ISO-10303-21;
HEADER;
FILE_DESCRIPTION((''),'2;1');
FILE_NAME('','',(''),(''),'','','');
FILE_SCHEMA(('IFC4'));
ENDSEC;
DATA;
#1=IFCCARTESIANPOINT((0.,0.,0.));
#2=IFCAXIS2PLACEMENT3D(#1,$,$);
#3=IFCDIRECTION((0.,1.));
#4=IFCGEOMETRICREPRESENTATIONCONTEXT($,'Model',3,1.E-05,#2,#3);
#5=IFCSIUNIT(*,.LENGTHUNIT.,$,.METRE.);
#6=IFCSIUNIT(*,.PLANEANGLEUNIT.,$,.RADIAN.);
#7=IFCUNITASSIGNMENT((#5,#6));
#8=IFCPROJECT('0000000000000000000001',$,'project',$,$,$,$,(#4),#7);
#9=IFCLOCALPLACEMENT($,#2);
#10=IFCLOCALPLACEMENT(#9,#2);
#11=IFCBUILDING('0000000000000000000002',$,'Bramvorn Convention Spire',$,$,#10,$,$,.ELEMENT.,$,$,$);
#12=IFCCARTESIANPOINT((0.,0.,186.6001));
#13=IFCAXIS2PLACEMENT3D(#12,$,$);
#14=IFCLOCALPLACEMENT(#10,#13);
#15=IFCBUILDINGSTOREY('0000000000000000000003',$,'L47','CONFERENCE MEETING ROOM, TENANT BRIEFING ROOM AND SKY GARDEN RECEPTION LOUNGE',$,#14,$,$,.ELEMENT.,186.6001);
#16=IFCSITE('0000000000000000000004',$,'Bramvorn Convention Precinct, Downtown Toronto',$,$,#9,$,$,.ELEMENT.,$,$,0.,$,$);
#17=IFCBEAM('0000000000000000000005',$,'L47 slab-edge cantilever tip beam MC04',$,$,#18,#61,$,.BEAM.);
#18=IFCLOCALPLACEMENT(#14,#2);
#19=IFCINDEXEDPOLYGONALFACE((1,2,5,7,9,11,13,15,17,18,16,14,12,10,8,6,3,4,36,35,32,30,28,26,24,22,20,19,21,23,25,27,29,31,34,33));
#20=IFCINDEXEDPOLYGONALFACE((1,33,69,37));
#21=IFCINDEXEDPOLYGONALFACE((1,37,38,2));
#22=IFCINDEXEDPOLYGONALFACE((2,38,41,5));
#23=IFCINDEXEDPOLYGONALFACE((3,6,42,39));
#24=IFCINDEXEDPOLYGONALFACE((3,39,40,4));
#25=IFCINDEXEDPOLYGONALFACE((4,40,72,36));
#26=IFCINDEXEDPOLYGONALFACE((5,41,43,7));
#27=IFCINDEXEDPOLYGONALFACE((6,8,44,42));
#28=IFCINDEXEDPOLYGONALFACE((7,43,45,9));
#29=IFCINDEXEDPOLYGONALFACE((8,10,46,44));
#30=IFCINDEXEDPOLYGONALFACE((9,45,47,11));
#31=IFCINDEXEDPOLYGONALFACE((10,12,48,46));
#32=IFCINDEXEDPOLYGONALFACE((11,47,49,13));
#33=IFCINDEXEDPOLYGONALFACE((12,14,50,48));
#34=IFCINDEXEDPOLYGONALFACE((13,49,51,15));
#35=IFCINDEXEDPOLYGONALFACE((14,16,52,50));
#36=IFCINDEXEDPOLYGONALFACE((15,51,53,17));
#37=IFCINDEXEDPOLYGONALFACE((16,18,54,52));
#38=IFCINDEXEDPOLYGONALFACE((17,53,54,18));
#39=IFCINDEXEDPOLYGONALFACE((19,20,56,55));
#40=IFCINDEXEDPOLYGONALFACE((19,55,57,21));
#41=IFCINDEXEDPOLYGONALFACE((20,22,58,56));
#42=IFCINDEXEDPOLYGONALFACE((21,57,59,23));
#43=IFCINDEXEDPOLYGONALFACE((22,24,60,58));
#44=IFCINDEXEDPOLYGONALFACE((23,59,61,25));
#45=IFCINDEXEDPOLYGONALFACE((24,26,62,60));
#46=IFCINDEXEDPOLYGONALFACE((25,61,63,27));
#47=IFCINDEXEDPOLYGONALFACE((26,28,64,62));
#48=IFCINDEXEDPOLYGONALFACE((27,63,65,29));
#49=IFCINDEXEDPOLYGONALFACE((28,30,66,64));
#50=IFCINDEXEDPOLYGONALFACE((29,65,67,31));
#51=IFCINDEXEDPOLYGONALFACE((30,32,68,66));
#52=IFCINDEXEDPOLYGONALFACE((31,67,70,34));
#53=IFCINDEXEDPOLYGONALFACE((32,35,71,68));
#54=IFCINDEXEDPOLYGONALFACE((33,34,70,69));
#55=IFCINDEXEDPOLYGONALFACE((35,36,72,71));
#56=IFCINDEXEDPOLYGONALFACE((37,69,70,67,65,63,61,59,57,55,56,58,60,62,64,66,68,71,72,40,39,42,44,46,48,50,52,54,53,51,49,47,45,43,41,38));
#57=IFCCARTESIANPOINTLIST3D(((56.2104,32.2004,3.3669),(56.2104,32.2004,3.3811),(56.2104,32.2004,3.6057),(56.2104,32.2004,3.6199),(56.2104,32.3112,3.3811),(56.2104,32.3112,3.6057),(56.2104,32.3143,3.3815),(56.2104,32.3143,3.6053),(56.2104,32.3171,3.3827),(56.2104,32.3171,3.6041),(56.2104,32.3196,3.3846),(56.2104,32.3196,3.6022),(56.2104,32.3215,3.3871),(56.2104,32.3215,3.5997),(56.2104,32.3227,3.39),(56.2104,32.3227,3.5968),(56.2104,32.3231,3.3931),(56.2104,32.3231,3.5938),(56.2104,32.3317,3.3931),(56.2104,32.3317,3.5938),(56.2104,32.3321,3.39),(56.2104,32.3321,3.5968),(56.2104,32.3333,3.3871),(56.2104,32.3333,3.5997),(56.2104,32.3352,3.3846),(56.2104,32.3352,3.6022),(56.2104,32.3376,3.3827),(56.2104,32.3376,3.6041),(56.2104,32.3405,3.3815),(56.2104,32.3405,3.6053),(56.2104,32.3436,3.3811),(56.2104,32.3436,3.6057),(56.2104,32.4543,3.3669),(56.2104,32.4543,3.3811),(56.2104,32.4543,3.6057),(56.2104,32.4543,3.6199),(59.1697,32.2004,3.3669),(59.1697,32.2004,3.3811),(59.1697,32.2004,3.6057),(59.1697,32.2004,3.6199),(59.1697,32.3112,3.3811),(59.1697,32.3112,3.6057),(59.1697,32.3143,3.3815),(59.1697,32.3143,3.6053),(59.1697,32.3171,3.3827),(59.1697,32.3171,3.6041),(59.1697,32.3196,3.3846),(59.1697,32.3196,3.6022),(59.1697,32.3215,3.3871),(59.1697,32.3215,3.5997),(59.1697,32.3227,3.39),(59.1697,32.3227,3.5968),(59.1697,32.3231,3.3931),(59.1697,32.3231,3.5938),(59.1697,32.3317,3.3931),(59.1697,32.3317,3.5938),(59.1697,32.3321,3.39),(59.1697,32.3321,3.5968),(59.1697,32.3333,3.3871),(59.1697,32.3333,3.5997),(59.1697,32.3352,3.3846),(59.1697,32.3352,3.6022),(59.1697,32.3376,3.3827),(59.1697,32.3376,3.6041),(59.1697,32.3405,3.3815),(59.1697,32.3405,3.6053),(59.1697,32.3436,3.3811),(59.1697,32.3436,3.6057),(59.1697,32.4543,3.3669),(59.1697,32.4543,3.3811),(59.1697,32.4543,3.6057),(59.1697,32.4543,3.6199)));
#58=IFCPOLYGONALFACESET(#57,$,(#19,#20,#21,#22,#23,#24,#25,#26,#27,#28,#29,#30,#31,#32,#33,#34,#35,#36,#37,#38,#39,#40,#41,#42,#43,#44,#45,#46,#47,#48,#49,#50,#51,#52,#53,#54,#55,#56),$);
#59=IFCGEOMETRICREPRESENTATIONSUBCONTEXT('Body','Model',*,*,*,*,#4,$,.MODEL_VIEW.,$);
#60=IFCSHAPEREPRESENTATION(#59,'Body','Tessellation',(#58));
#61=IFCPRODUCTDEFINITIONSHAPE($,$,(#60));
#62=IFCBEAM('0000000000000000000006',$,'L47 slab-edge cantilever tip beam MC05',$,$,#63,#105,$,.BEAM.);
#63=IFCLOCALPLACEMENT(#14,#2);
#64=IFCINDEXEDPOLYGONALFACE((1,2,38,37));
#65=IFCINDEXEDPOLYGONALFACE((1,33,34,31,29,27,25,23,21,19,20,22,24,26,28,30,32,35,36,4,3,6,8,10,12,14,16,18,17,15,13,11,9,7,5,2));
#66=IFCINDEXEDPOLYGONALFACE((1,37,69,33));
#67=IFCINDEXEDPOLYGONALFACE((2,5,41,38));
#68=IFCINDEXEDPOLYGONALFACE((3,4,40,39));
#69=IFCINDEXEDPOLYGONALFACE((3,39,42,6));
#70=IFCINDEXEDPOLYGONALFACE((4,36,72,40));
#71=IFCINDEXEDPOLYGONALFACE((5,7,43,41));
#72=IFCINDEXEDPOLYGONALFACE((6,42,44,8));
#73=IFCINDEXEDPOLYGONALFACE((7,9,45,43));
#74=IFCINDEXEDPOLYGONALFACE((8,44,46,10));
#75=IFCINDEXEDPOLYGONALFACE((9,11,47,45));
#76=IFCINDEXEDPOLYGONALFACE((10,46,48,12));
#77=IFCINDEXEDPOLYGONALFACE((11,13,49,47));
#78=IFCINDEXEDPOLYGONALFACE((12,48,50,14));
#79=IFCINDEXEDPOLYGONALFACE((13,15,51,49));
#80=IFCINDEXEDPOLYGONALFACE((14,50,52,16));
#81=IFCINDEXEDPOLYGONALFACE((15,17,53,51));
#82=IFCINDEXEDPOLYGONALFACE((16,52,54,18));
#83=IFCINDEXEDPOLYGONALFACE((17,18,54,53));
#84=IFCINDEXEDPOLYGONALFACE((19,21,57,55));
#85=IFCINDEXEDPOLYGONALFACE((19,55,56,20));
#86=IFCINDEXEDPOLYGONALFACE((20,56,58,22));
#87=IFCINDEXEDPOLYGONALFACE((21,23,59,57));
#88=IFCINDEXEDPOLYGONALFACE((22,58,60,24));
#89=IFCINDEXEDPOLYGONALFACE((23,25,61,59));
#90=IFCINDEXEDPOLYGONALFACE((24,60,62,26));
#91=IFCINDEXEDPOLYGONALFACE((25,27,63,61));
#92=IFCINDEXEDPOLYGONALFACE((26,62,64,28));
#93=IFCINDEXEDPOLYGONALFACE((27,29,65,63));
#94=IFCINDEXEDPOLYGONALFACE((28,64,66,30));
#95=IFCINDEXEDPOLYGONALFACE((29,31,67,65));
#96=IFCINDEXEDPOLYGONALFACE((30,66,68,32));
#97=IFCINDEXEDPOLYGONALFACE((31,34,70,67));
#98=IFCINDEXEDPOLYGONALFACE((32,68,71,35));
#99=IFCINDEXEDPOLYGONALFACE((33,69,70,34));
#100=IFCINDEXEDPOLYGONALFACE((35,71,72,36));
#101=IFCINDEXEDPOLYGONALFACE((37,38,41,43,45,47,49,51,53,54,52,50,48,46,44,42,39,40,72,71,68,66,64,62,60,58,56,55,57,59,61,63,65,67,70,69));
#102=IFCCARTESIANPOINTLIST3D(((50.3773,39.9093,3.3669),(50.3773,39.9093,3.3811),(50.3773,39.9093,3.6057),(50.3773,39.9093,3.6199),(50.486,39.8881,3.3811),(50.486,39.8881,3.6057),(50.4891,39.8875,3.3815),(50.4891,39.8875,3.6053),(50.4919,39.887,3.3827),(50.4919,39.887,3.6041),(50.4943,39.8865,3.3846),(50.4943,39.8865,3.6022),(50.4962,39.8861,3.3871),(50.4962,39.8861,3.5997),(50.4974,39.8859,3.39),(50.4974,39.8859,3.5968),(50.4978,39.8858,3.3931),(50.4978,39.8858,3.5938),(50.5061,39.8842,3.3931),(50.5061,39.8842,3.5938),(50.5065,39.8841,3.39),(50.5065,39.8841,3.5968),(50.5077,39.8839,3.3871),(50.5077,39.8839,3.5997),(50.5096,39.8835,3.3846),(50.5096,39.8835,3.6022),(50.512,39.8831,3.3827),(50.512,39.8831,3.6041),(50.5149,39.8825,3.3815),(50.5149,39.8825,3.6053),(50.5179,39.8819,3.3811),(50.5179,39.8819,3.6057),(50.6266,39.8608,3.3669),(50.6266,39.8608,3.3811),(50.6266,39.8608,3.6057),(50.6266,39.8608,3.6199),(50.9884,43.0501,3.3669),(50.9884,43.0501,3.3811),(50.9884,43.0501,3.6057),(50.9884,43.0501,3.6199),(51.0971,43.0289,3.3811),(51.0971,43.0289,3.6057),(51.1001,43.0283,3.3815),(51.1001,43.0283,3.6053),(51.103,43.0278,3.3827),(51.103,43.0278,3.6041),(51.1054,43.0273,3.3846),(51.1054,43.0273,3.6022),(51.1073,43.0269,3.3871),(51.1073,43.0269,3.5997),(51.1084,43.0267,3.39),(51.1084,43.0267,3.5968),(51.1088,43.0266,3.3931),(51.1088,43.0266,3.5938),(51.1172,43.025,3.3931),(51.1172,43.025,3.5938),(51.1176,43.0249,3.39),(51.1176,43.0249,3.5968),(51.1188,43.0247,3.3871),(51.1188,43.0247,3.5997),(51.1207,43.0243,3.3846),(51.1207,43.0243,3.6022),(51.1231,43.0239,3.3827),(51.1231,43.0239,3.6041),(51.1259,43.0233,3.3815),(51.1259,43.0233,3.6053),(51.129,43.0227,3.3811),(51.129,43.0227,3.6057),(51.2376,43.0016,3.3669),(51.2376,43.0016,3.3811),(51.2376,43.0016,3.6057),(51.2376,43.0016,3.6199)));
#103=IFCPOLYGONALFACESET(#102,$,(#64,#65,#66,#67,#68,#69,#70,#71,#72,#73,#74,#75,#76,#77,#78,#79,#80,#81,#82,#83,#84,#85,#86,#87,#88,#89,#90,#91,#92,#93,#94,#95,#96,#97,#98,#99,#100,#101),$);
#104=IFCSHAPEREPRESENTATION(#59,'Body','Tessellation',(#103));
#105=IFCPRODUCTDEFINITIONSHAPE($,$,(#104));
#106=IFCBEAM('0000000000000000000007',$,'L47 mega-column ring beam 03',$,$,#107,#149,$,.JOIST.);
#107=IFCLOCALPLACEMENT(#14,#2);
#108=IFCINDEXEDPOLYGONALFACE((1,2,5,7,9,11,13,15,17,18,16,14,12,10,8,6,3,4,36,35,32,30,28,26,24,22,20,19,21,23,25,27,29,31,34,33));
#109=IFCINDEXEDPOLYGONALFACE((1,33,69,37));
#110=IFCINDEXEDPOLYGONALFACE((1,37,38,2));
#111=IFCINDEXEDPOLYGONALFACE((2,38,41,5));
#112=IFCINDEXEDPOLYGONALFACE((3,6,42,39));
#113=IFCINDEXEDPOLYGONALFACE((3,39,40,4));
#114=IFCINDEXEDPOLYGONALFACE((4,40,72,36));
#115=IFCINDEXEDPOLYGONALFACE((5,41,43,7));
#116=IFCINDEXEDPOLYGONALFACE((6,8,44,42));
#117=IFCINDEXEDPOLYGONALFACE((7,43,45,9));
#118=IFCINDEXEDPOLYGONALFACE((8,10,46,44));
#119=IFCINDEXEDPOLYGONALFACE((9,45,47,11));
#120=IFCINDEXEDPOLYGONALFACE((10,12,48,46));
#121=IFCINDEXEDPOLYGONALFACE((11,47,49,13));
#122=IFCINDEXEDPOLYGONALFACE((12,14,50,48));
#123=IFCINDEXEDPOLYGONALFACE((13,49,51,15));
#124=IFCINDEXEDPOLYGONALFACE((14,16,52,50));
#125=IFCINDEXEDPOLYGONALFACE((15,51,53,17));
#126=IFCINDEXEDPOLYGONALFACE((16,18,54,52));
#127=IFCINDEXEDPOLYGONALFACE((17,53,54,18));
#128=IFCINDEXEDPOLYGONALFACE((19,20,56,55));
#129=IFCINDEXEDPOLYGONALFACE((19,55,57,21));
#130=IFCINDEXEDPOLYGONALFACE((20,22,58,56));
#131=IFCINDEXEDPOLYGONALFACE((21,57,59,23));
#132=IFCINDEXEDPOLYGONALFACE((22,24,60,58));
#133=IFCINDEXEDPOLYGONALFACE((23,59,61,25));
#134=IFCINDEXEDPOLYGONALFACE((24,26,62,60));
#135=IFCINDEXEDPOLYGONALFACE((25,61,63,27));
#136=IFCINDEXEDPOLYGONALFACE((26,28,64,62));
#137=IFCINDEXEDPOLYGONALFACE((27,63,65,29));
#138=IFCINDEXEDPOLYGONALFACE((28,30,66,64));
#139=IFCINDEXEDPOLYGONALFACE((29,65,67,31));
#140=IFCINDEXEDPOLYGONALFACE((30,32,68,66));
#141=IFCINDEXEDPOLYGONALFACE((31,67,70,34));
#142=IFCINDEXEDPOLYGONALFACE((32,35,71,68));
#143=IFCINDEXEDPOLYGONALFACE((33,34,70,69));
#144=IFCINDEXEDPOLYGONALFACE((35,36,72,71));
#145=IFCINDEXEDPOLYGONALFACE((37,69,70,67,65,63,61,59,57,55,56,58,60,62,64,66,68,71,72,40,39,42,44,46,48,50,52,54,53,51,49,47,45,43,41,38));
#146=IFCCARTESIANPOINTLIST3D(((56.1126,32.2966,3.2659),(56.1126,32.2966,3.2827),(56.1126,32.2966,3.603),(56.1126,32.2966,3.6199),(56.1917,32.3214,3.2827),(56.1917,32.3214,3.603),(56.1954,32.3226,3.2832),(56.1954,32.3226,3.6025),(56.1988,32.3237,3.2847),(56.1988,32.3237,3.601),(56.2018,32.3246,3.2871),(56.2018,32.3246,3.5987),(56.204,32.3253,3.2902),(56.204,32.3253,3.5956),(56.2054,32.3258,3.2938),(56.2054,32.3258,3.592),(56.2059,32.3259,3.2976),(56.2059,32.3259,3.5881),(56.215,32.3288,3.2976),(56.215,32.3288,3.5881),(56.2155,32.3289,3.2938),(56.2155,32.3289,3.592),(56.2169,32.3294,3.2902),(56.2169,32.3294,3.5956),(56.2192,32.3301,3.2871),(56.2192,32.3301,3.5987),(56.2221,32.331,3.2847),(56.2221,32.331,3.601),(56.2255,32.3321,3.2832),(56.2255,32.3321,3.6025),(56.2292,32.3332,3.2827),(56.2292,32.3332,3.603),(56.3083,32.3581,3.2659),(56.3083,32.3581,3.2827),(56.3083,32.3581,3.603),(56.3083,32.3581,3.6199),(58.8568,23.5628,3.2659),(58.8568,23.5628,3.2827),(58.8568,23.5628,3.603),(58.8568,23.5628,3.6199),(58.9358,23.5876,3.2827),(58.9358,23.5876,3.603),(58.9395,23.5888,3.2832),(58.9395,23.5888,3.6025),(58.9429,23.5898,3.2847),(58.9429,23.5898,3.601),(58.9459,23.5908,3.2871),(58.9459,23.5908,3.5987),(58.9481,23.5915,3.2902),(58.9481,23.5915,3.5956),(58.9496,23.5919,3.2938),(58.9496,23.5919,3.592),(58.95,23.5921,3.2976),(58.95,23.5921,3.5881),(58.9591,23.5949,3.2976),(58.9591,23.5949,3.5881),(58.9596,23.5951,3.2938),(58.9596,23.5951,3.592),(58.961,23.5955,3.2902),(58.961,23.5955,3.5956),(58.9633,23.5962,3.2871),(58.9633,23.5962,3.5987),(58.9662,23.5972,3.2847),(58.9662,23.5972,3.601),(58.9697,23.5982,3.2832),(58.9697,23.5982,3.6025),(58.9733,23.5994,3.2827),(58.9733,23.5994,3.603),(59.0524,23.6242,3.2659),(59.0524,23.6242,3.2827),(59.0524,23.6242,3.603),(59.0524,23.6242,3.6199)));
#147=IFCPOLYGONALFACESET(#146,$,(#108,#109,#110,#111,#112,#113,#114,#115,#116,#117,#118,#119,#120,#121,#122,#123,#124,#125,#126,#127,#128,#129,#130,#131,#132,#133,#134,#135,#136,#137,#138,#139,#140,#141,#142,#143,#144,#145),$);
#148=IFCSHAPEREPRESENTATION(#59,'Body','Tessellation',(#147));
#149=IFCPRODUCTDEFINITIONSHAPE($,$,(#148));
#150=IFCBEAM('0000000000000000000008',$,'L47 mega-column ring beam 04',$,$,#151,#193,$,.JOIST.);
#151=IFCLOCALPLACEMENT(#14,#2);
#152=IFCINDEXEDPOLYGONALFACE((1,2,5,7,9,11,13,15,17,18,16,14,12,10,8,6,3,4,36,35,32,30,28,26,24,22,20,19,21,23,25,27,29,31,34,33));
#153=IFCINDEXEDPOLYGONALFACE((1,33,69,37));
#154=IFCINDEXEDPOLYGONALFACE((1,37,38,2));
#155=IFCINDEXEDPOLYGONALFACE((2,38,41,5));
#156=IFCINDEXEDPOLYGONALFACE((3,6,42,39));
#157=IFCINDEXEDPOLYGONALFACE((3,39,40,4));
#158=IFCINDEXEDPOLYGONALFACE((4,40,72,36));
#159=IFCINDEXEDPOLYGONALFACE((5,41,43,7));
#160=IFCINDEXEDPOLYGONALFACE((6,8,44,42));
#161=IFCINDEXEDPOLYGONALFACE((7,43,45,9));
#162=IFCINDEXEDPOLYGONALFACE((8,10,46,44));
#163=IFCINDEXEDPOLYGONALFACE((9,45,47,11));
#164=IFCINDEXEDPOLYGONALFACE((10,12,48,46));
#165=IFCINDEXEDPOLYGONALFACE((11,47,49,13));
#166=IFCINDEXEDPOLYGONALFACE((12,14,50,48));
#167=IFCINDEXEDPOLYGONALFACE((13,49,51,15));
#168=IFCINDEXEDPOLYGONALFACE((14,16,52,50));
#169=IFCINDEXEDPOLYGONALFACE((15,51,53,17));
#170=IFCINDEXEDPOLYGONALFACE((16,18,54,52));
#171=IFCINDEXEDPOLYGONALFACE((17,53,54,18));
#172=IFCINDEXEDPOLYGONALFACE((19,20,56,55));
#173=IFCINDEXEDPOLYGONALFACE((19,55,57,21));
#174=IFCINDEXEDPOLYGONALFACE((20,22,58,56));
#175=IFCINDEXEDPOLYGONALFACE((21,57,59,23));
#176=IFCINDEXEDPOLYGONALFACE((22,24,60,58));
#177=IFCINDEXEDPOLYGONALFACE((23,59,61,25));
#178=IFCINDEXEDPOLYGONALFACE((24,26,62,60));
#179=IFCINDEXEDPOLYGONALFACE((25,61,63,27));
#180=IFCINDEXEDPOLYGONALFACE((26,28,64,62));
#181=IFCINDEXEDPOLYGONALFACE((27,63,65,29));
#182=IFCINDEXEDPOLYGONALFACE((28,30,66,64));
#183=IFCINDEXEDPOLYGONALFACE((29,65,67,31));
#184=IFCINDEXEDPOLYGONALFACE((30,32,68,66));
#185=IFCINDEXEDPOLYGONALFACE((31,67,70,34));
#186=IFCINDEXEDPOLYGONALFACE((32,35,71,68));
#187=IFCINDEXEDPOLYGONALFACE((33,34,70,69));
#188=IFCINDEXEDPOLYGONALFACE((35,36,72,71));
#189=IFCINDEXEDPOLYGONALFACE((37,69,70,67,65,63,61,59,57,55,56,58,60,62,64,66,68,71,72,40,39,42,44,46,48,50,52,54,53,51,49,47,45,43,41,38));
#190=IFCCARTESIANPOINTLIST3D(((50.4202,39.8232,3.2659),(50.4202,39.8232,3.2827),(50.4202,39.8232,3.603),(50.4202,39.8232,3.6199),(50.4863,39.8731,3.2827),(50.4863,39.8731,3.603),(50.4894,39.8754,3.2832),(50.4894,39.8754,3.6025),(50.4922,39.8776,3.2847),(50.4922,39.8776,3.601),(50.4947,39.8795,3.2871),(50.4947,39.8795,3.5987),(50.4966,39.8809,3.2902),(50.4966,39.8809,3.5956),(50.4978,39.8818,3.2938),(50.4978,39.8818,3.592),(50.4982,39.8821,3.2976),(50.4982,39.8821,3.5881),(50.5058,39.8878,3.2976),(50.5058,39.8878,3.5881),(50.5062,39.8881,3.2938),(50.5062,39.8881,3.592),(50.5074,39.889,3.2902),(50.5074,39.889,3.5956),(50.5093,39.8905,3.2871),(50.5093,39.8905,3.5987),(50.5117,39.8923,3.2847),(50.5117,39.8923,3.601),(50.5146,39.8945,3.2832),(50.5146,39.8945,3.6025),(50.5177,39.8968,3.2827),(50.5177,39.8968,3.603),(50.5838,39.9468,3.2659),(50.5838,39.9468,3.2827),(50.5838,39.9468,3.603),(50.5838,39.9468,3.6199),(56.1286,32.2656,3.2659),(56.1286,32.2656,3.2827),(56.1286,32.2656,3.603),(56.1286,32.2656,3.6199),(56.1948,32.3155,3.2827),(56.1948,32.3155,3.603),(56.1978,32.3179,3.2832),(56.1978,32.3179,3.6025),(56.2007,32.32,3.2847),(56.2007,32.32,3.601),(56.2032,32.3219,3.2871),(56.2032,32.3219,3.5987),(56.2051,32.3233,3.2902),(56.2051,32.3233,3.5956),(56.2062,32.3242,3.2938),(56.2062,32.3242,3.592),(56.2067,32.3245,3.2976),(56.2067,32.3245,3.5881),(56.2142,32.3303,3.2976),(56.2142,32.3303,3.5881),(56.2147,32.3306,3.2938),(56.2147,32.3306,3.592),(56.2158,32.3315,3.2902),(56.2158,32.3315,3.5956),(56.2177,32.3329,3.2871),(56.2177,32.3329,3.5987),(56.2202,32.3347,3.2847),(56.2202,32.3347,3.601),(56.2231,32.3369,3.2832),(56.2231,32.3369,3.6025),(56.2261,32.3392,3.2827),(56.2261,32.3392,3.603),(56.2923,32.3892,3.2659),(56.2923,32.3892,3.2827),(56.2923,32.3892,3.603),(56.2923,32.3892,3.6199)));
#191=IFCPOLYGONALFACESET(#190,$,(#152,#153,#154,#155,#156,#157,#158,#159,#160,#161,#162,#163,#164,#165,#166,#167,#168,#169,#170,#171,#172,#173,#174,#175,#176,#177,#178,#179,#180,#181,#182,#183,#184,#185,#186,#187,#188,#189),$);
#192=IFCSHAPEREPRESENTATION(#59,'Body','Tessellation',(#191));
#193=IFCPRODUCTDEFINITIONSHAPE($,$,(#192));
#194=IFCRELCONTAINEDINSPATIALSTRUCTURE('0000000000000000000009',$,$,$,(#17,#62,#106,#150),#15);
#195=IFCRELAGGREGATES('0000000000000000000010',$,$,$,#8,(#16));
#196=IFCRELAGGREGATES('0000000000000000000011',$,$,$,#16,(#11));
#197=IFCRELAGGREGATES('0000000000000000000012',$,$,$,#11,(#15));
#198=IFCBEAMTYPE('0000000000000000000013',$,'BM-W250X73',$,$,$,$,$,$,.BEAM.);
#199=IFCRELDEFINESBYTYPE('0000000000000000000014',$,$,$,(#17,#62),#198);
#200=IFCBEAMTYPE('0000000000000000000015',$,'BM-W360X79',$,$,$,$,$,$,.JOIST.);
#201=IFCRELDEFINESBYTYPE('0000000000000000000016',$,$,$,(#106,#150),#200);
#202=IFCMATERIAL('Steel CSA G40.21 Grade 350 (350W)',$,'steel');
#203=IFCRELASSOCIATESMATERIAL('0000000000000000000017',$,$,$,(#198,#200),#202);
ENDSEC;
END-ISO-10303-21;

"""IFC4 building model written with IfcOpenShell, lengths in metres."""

from ifc_helpers import new_model, si_unit, direction, frame, origin, origin_2d, place, context, subcontext, project, spatial, i_section, extrude, material, material_profile, profile_set, type_object, element, save


model = new_model("IFC4")

# Units and contexts
model_context = context("Model", 3, precision=1e-05, world=origin(), true_north=direction((0.0, 1.0)))
body_context = subcontext(model_context, "Body", "Model", "MODEL_VIEW")
ifc_project = project(units=[si_unit("LENGTHUNIT", "METRE"), si_unit("PLANEANGLEUNIT", "RADIAN")], contexts=[model_context])

# Site, building, storey
site_placement = place(None, origin())
site = spatial("IfcSite", under=ifc_project, at=site_placement, Name="Bramvorn Convention Precinct, Downtown Toronto", CompositionType="ELEMENT", RefElevation=0.0)
building_placement = place(site_placement, origin())
building = spatial("IfcBuilding", under=site, at=building_placement, Name="Bramvorn Convention Spire", CompositionType="ELEMENT")
storey_placement = place(building_placement, frame((0.0, 0.0, 186.6001)))
storey = spatial("IfcBuildingStorey", under=building, at=storey_placement, Name="L47", Description="CONFERENCE MEETING ROOM, TENANT BRIEFING ROOM AND SKY GARDEN RECEPTION LOUNGE", CompositionType="ELEMENT", Elevation=186.6001)

# Shared definitions
ifc_material_1 = material(Name="Steel CSA G40.21 Grade 350 (350W)", Category="steel")

# Beams
ifc_material_profile_1 = material_profile(ifc_material_1, i_section(OverallWidth=0.2539, OverallDepth=0.2529, WebThickness=0.0085, FlangeThickness=0.0142, FilletRadius=0.012, at=origin_2d()))
ifc_profile_set_1 = profile_set([ifc_material_profile_1], Name="Steel CSA G40.21 Grade 350 (350W) - W250X73")
beam_type_1 = type_object("IfcBeamType", Name="BM-W250X73", PredefinedType="BEAM", material=ifc_profile_set_1)
beam_1_placement = place(storey_placement, frame((56.2104, 32.3274, 3.4934), z_axis=(1.0, 0.0, 0.0), x_axis=(0.0, 1.0, 0.0)))
element("IfcBeam", 1, at=beam_1_placement, inside=storey, type_object=beam_type_1, Name="L47 slab-edge cantilever tip beam MC04", PredefinedType="BEAM", context=body_context, shape_type="SweptSolid", body=[
    extrude(i_section(OverallWidth=0.2539, OverallDepth=0.2529, WebThickness=0.0085, FlangeThickness=0.0142, FilletRadius=0.012, at=origin_2d()), origin(), (0.0, 0.0, 1.0), 2.9592),
])
beam_2_placement = place(storey_placement, frame((50.502, 39.885, 3.4934), z_axis=(0.190978, 0.981594, 0.0), x_axis=(-0.981594, 0.190978, 0.0)))
element("IfcBeam", 2, at=beam_2_placement, inside=storey, type_object=beam_type_1, Name="L47 slab-edge cantilever tip beam MC05", PredefinedType="BEAM", context=body_context, shape_type="SweptSolid", body=[
    extrude(i_section(OverallWidth=0.2539, OverallDepth=0.2529, WebThickness=0.0085, FlangeThickness=0.0142, FilletRadius=0.012, at=origin_2d()), origin(), (0.0, 0.0, 1.0), 3.1997),
])
ifc_material_profile_2 = material_profile(ifc_material_1, i_section(OverallWidth=0.2051, OverallDepth=0.354, WebThickness=0.0095, FlangeThickness=0.0168, FilletRadius=0.0149, at=origin_2d()))
ifc_profile_set_2 = profile_set([ifc_material_profile_2], Name="Steel CSA G40.21 Grade 350 (350W) - W360X79")
beam_type_2 = type_object("IfcBeamType", Name="BM-W360X79", PredefinedType="JOIST", material=ifc_profile_set_2)
beam_3_placement = place(storey_placement, frame((58.9546, 23.5935, 3.4429), z_axis=(-0.299748, 0.954019, 0.0), x_axis=(-0.954019, -0.299748, 0.0)))
element("IfcBeam", 3, at=beam_3_placement, inside=storey, type_object=beam_type_2, Name="L47 mega-column ring beam 03", PredefinedType="JOIST", context=body_context, shape_type="SweptSolid", body=[
    extrude(i_section(OverallWidth=0.2051, OverallDepth=0.354, WebThickness=0.0095, FlangeThickness=0.0168, FilletRadius=0.0149, at=origin_2d()), origin(), (0.0, 0.0, 1.0), 9.1548),
])
for number, where, z_axis, x_axis, name in (
    (4, (56.2104, 32.3274, 3.4429), (-0.602719, 0.797954, 0.0), (-0.797954, -0.602719, 0.0), "L47 mega-column ring beam 04"),
):
    element("IfcBeam", number, at=place(storey_placement, frame(where, z_axis=z_axis, x_axis=x_axis)), inside=storey, type_object=beam_type_2, Name=name, PredefinedType="JOIST", context=body_context, shape_type="SweptSolid", body=[
        extrude(i_section(OverallWidth=0.2051, OverallDepth=0.354, WebThickness=0.0095, FlangeThickness=0.0168, FilletRadius=0.0149, at=origin_2d()), origin(), (0.0, 0.0, 1.0), 9.4712),
    ])

save(model, "model.ifc")
